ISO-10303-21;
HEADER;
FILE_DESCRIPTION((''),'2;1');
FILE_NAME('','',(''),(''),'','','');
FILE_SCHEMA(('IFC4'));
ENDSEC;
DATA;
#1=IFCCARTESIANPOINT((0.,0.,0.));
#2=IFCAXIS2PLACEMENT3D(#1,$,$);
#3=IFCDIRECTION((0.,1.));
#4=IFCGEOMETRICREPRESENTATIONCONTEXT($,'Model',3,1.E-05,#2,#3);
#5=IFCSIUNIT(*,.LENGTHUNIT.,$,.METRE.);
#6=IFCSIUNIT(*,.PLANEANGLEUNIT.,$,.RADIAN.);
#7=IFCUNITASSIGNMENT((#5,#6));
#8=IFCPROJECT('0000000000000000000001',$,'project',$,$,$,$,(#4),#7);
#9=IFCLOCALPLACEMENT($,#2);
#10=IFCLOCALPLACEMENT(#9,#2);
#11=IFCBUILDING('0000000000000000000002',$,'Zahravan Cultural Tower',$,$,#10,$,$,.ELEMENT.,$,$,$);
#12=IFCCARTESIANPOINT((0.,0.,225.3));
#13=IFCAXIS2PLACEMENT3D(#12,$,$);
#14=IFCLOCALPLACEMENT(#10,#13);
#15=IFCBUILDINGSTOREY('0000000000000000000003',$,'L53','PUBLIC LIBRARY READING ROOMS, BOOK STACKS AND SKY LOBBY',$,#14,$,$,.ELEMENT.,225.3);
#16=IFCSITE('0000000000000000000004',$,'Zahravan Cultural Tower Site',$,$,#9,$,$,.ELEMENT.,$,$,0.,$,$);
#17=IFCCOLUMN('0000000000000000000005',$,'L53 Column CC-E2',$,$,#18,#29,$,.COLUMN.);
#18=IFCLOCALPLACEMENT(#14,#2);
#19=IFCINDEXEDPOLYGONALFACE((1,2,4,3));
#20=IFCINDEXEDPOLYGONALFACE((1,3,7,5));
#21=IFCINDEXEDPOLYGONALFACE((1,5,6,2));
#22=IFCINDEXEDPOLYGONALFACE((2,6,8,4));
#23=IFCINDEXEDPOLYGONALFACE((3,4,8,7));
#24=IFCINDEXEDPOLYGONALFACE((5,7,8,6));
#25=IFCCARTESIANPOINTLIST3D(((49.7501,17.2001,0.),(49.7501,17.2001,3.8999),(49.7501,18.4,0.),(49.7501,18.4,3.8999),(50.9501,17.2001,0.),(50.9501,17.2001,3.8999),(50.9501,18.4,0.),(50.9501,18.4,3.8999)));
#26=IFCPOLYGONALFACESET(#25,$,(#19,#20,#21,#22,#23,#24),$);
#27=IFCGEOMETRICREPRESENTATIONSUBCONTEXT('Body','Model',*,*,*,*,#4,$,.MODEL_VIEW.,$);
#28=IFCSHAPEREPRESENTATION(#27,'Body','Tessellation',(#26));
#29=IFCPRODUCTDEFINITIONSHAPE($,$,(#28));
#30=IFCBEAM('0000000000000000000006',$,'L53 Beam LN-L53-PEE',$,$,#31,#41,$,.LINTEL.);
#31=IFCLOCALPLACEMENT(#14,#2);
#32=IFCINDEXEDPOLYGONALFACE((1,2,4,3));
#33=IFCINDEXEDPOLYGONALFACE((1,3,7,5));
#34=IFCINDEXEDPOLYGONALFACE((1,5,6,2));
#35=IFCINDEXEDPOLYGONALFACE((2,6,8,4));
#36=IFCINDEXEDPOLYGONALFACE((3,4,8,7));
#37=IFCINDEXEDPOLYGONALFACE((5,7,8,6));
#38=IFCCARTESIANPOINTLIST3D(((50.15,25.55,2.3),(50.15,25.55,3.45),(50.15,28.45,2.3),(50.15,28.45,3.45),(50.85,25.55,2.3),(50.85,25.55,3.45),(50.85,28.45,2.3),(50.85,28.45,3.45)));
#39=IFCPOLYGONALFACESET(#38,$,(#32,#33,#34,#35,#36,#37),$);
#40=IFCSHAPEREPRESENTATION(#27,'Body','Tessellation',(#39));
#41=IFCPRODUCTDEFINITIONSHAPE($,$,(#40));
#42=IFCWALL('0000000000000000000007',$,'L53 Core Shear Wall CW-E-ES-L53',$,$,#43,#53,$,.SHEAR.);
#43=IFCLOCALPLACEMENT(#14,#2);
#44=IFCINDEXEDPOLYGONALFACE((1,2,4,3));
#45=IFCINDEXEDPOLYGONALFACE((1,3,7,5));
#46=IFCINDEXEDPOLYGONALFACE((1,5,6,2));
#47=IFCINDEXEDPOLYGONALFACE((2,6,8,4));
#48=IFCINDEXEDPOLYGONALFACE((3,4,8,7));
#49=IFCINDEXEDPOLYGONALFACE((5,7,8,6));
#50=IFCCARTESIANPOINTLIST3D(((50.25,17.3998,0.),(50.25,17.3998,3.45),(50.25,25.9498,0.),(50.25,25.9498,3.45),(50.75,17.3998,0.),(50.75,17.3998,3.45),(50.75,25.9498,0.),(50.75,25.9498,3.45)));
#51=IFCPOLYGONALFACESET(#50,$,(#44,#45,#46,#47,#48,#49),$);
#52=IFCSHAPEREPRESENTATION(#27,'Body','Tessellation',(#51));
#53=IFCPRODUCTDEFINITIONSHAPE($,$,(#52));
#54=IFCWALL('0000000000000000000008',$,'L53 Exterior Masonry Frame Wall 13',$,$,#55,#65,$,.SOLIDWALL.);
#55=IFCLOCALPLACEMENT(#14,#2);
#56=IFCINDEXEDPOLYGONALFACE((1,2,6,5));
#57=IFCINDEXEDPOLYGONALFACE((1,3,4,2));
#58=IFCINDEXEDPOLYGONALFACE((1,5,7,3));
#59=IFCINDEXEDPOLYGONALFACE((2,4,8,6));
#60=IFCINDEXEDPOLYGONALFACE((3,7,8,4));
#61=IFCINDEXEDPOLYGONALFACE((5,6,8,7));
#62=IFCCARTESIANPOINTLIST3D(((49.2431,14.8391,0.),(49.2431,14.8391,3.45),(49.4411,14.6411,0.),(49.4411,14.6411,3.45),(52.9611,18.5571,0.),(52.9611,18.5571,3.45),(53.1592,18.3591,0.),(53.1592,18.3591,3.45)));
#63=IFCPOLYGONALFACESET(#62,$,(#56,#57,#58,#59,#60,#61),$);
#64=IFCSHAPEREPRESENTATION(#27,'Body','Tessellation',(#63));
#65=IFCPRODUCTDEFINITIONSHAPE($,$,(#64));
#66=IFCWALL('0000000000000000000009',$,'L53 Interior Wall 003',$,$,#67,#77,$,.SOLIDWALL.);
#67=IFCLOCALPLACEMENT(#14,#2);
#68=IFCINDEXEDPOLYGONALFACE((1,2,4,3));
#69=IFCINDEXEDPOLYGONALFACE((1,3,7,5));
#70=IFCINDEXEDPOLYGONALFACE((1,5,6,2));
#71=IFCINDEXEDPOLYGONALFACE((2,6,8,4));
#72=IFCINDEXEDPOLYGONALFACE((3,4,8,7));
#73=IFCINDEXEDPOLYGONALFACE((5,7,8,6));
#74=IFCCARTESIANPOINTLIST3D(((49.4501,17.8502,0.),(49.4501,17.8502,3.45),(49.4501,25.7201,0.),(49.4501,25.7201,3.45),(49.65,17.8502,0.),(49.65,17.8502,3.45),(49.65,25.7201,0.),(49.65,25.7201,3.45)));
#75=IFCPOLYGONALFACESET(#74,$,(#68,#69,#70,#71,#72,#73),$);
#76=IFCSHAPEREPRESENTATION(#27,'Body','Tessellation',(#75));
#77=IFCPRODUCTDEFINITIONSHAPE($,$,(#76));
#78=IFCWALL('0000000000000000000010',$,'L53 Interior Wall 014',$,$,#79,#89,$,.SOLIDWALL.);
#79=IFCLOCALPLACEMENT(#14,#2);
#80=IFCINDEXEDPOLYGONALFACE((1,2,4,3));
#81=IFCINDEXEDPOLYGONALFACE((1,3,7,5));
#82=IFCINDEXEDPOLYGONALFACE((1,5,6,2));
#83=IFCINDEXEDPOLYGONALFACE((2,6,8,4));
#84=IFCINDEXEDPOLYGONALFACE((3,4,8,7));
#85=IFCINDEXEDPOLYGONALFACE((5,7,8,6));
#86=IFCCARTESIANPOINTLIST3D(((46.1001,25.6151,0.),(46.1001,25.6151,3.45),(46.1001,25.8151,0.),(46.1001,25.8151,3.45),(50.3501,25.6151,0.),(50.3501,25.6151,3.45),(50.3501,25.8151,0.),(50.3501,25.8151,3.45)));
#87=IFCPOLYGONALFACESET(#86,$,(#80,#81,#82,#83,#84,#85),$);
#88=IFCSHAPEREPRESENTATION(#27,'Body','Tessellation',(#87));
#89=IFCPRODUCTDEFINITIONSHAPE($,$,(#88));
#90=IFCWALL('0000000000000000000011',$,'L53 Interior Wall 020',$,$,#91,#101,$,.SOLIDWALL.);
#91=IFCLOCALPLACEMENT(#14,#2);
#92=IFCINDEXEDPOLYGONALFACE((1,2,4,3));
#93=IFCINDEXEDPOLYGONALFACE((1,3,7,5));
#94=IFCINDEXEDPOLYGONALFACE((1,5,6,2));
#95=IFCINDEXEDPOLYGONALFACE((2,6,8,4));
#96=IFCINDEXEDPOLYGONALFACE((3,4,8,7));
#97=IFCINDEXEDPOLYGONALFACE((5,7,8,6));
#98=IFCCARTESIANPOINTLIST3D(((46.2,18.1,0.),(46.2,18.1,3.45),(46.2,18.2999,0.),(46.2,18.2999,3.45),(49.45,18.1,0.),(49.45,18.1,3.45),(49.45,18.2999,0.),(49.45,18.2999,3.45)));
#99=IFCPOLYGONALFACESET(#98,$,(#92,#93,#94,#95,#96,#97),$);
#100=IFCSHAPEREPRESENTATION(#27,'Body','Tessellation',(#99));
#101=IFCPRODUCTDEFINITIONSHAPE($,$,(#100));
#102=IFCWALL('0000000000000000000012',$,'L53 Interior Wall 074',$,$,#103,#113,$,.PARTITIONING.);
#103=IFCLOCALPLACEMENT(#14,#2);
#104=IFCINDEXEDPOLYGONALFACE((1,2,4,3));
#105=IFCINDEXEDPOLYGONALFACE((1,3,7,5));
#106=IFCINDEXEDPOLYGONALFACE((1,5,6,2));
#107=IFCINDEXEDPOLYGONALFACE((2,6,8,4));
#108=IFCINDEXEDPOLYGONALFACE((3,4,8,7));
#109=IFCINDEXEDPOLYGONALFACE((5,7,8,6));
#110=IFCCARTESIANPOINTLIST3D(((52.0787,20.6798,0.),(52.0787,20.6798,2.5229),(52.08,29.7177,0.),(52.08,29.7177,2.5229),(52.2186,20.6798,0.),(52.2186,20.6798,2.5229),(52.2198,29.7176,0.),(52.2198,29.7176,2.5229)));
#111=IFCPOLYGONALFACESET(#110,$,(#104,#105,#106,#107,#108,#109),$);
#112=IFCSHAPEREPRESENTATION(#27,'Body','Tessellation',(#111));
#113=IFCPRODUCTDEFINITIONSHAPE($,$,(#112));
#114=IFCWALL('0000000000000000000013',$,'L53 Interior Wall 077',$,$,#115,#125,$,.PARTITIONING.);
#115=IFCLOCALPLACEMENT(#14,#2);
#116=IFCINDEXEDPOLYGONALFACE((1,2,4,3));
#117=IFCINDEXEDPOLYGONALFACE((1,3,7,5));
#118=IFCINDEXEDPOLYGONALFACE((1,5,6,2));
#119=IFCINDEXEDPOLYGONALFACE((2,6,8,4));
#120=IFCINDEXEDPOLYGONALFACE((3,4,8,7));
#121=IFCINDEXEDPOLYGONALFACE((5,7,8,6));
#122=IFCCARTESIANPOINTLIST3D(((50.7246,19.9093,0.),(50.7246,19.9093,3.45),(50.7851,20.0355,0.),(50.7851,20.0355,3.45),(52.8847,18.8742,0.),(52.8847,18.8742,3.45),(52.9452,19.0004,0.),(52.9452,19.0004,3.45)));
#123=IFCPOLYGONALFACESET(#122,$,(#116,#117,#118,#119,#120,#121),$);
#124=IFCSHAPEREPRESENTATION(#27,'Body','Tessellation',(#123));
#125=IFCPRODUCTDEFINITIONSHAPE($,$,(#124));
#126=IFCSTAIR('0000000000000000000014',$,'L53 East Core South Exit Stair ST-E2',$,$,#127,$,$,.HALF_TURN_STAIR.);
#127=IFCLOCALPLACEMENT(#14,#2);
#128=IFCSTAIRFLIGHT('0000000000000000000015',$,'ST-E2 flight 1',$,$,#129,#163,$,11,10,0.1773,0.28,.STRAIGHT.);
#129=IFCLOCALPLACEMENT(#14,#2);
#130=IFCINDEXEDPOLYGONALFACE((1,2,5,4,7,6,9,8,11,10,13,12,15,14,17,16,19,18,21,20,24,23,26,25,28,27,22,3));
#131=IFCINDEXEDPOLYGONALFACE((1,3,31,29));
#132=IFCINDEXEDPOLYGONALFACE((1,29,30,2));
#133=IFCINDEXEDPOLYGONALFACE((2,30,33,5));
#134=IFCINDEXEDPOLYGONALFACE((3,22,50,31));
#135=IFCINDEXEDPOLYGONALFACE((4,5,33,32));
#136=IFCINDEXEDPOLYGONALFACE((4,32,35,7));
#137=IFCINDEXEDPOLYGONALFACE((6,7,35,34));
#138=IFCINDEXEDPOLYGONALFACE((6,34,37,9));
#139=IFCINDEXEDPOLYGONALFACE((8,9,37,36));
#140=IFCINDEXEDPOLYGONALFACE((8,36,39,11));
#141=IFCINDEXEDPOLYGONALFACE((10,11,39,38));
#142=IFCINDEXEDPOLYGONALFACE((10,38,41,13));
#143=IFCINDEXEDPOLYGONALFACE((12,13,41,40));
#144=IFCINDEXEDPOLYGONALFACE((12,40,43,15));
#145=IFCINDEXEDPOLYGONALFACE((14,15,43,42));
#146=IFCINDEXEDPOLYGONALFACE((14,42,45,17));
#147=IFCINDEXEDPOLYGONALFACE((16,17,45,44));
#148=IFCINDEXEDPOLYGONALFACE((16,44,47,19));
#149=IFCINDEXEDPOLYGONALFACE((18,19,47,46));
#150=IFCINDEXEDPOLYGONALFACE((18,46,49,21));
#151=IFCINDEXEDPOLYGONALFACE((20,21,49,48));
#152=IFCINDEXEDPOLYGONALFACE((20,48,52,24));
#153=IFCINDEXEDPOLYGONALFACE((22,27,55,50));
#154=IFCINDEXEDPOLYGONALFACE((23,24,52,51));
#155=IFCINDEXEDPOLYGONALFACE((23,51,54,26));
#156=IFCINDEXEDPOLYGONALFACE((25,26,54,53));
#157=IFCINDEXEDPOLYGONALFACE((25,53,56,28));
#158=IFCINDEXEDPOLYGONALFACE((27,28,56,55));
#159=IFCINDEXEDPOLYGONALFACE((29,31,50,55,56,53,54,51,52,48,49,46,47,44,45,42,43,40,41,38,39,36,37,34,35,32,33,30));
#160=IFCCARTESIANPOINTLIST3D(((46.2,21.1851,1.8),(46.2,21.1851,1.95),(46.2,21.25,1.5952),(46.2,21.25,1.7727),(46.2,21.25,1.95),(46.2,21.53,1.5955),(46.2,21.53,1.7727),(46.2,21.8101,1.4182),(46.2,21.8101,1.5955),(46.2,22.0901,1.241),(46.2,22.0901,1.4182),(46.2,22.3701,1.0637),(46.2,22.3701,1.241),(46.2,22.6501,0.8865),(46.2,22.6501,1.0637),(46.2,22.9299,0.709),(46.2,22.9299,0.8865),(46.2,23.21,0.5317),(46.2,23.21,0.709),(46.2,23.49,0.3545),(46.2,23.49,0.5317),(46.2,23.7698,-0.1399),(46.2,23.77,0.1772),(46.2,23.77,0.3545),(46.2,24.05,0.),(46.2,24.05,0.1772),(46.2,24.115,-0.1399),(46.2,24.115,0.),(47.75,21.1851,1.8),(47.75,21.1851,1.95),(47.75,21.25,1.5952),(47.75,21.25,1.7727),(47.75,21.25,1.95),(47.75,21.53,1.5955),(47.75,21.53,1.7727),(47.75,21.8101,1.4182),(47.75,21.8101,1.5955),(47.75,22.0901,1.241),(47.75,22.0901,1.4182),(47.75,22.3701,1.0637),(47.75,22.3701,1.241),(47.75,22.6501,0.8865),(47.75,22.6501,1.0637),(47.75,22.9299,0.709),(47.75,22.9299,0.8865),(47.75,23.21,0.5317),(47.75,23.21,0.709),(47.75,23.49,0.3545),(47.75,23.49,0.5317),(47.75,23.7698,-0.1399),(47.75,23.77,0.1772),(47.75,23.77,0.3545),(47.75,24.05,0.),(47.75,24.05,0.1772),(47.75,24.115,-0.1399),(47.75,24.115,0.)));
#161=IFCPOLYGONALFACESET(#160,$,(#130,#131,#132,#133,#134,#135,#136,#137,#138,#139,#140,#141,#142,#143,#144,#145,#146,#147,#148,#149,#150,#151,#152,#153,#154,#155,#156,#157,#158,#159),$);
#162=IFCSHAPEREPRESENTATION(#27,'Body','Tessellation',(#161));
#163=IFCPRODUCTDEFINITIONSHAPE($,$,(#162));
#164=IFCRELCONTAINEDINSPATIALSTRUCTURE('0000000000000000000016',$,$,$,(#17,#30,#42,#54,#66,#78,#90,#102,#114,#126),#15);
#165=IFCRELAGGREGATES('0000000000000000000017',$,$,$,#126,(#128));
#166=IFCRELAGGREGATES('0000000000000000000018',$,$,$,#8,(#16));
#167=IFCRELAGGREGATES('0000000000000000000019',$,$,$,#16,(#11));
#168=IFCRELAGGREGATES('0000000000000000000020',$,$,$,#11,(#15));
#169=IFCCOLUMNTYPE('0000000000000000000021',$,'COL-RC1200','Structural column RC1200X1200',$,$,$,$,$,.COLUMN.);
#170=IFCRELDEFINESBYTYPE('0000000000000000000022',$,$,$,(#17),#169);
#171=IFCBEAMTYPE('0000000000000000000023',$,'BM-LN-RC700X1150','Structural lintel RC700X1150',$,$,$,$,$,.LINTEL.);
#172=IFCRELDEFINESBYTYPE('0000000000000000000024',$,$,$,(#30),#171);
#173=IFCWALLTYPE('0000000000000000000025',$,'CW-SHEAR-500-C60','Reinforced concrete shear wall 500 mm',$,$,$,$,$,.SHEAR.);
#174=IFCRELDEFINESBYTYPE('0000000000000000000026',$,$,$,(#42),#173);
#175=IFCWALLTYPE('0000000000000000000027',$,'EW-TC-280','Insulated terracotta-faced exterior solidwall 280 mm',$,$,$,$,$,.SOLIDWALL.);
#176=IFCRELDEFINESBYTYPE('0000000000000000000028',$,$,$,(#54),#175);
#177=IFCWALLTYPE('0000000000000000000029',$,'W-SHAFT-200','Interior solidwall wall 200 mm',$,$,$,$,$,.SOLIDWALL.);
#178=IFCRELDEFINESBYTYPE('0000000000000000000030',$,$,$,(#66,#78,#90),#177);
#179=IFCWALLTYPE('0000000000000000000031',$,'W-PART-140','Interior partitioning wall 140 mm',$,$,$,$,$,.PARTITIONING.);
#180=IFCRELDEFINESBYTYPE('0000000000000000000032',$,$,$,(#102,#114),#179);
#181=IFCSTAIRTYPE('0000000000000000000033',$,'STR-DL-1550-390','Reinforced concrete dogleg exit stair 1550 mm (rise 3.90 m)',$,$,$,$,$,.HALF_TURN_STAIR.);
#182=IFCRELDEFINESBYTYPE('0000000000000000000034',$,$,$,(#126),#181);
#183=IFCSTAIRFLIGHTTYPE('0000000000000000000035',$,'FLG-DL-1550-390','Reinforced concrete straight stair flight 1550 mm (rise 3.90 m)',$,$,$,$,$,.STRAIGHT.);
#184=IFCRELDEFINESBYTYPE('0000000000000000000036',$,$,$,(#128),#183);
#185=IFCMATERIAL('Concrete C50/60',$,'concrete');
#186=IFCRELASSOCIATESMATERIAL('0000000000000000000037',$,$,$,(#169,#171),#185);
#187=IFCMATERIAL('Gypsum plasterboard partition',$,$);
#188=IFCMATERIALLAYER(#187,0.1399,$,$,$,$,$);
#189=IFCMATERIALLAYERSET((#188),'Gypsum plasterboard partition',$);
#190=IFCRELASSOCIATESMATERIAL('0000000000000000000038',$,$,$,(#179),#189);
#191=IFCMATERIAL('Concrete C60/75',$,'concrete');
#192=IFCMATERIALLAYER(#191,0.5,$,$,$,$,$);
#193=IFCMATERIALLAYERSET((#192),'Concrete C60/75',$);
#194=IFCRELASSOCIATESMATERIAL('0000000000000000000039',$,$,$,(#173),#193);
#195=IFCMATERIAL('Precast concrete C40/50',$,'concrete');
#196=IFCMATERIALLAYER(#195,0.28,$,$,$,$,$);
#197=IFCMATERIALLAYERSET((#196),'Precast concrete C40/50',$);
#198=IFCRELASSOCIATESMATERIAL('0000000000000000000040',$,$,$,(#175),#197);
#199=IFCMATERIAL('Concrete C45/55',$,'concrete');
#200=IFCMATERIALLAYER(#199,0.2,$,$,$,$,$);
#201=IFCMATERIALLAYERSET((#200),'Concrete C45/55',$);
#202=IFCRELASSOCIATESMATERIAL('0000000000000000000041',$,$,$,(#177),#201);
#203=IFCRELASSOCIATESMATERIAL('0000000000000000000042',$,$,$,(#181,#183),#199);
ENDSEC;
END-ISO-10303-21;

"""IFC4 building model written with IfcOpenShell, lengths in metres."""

from ifc_helpers import new_model, si_unit, direction, frame, frame_2d, origin, origin_2d, place, context, subcontext, project, spatial, polyline, rectangle, outline, extrude, source, transform, mapped, material, layer, layer_set, material_profile, profile_set, type_object, element, aggregate, save


model = new_model("IFC4")

# Units and contexts
model_context = context("Model", 3, precision=1e-05, world=origin(), true_north=direction((0.0, 1.0)))
body_context = subcontext(model_context, "Body", "Model", "MODEL_VIEW")
ifc_project = project(units=[si_unit("LENGTHUNIT", "METRE"), si_unit("PLANEANGLEUNIT", "RADIAN")], contexts=[model_context])

# Site, building, storey
site_placement = place(None, origin())
site = spatial("IfcSite", under=ifc_project, at=site_placement, Name="Zahravan Cultural Tower Site", CompositionType="ELEMENT", RefElevation=0.0)
building_placement = place(site_placement, origin())
building = spatial("IfcBuilding", under=site, at=building_placement, Name="Zahravan Cultural Tower", CompositionType="ELEMENT")
storey_placement = place(building_placement, frame((0.0, 0.0, 225.3)))
storey = spatial("IfcBuildingStorey", under=building, at=storey_placement, Name="L53", Description="PUBLIC LIBRARY READING ROOMS, BOOK STACKS AND SKY LOBBY", CompositionType="ELEMENT", Elevation=225.3)

# Column
ifc_material_1 = material(Name="Concrete C50/60", Category="concrete")
ifc_material_profile_1 = material_profile(ifc_material_1, rectangle(XDim=1.2, YDim=1.2, at=origin_2d()), Name="RC1200X1200")
ifc_profile_set_1 = profile_set([ifc_material_profile_1], Name="Concrete C50/60")
column_type = type_object("IfcColumnType", Name="COL-RC1200", Description="Structural column RC1200X1200", PredefinedType="COLUMN", material=ifc_profile_set_1)
shared_shape_1 = source(origin(), body_context, "Body", "SweptSolid", [
    extrude(rectangle(XDim=1.2, YDim=1.2, at=origin_2d()), origin(), (0.0, 0.0, 1.0), 3.8999),
])
column_placement = place(storey_placement, frame((50.3501, 17.8, 0.0), z_axis=(0.0, 0.0, 1.0), x_axis=(1.0, 0.0, 0.0)))
element("IfcColumn", 1, at=column_placement, inside=storey, type_object=column_type, Name="L53 Column CC-E2", PredefinedType="COLUMN", context=body_context, shape_type="MappedRepresentation", body=[
    mapped(shared_shape_1, transform((0.0, 0.0, 0.0), x_axis=(1.0, 0.0, 0.0), y_axis=(0.0, 1.0, 0.0), z_axis=(0.0, 0.0, 1.0), scale=1.0)),
])

# Beam
ifc_material_profile_2 = material_profile(ifc_material_1, rectangle(XDim=0.7, YDim=1.1499, at=origin_2d()), Name="RC700X1150")
ifc_profile_set_2 = profile_set([ifc_material_profile_2], Name="Concrete C50/60")
beam_type = type_object("IfcBeamType", Name="BM-LN-RC700X1150", Description="Structural lintel RC700X1150", PredefinedType="LINTEL", material=ifc_profile_set_2)
shared_shape_2 = source(origin(), body_context, "Body", "SweptSolid", [
    extrude(rectangle(XDim=0.7, YDim=1.1499, at=origin_2d()), origin(), (0.0, 0.0, 1.0), 2.8999),
])
beam_placement = place(storey_placement, frame((50.5, 25.55, 2.875), z_axis=(0.0, 1.0, 0.0), x_axis=(-1.0, 0.0, 0.0)))
element("IfcBeam", 2, at=beam_placement, inside=storey, type_object=beam_type, Name="L53 Beam LN-L53-PEE", PredefinedType="LINTEL", context=body_context, shape_type="MappedRepresentation", body=[
    mapped(shared_shape_2, transform((0.0, 0.0, 0.0), x_axis=(1.0, 0.0, 0.0), y_axis=(0.0, 1.0, 0.0), z_axis=(0.0, 0.0, 1.0), scale=1.0)),
])

# Shared definitions
ifc_material_2 = material(Name="Gypsum plasterboard partition")
ifc_layer_1 = layer(ifc_material_2, 0.1399)
ifc_layer_set_1 = layer_set([ifc_layer_1], Name="Gypsum plasterboard partition")
wall_type_1 = type_object("IfcWallType", Name="W-PART-140", Description="Interior partitioning wall 140 mm", PredefinedType="PARTITIONING", material=ifc_layer_set_1)

# Walls
ifc_material_3 = material(Name="Concrete C60/75", Category="concrete")
ifc_layer_2 = layer(ifc_material_3, 0.5)
ifc_layer_set_2 = layer_set([ifc_layer_2], Name="Concrete C60/75")
wall_type_2 = type_object("IfcWallType", Name="CW-SHEAR-500-C60", Description="Reinforced concrete shear wall 500 mm", PredefinedType="SHEAR", material=ifc_layer_set_2)
shared_shape_3 = source(origin(), body_context, "Body", "SweptSolid", [
    extrude(rectangle(XDim=8.55, YDim=0.5, at=frame_2d((4.2749, 0.0))), origin(), (0.0, 0.0, 1.0), 3.45),
])
wall_1_placement = place(storey_placement, frame((50.5, 17.3999, 0.0), z_axis=(0.0, 0.0, 1.0), x_axis=(0.0, 1.0, 0.0)))
element("IfcWall", 3, at=wall_1_placement, inside=storey, type_object=wall_type_2, Name="L53 Core Shear Wall CW-E-ES-L53", PredefinedType="SHEAR", context=body_context, shape_type="MappedRepresentation", body=[
    mapped(shared_shape_3, transform((0.0, 0.0, 0.0), x_axis=(1.0, 0.0, 0.0), y_axis=(0.0, 1.0, 0.0), z_axis=(0.0, 0.0, 1.0), scale=1.0)),
])
ifc_material_4 = material(Name="Precast concrete C40/50", Category="concrete")
ifc_layer_3 = layer(ifc_material_4, 0.28)
ifc_layer_set_3 = layer_set([ifc_layer_3], Name="Precast concrete C40/50")
wall_type_3 = type_object("IfcWallType", Name="EW-TC-280", Description="Insulated terracotta-faced exterior solidwall 280 mm", PredefinedType="SOLIDWALL", material=ifc_layer_set_3)
shared_shape_4 = source(origin(), body_context, "Body", "SweptSolid", [
    extrude(rectangle(XDim=5.2581, YDim=0.28, at=frame_2d((2.6289, 0.0))), origin(), (0.0, 0.0, 1.0), 3.45),
])
wall_2_placement = place(storey_placement, frame((53.0601, 18.458, 0.0), z_axis=(0.0, 0.0, 1.0), x_axis=(-0.707107, -0.707107, 0.0)))
element("IfcWall", 4, at=wall_2_placement, inside=storey, type_object=wall_type_3, Name="L53 Exterior Masonry Frame Wall 13", PredefinedType="SOLIDWALL", context=body_context, shape_type="MappedRepresentation", body=[
    mapped(shared_shape_4, transform((0.0, 0.0, 0.0), x_axis=(1.0, 0.0, 0.0), y_axis=(0.0, 1.0, 0.0), z_axis=(0.0, 0.0, 1.0), scale=1.0)),
])
ifc_material_5 = material(Name="Concrete C45/55", Category="concrete")
ifc_layer_4 = layer(ifc_material_5, 0.2)
ifc_layer_set_4 = layer_set([ifc_layer_4], Name="Concrete C45/55")
wall_type_4 = type_object("IfcWallType", Name="W-SHAFT-200", Description="Interior solidwall wall 200 mm", PredefinedType="SOLIDWALL", material=ifc_layer_set_4)
shared_shape_5 = source(origin(), body_context, "Body", "SweptSolid", [
    extrude(rectangle(XDim=7.8699, YDim=0.2, at=frame_2d((3.9351, 0.0))), origin(), (0.0, 0.0, 1.0), 3.45),
])
wall_3_placement = place(storey_placement, frame((49.55, 17.8501, 0.0), z_axis=(0.0, 0.0, 1.0), x_axis=(0.0, 1.0, 0.0)))
element("IfcWall", 5, at=wall_3_placement, inside=storey, type_object=wall_type_4, Name="L53 Interior Wall 003", PredefinedType="SOLIDWALL", context=body_context, shape_type="MappedRepresentation", body=[
    mapped(shared_shape_5, transform((0.0, 0.0, 0.0), x_axis=(1.0, 0.0, 0.0), y_axis=(0.0, 1.0, 0.0), z_axis=(0.0, 0.0, 1.0), scale=1.0)),
])
shared_shape_6 = source(origin(), body_context, "Body", "SweptSolid", [
    extrude(rectangle(XDim=4.25, YDim=0.2, at=frame_2d((2.125, 0.0))), origin(), (0.0, 0.0, 1.0), 3.45),
])
wall_4_placement = place(storey_placement, frame((46.1001, 25.7151, 0.0), z_axis=(0.0, 0.0, 1.0), x_axis=(1.0, 0.0, 0.0)))
element("IfcWall", 6, at=wall_4_placement, inside=storey, type_object=wall_type_4, Name="L53 Interior Wall 014", PredefinedType="SOLIDWALL", context=body_context, shape_type="MappedRepresentation", body=[
    mapped(shared_shape_6, transform((0.0, 0.0, 0.0), x_axis=(1.0, 0.0, 0.0), y_axis=(0.0, 1.0, 0.0), z_axis=(0.0, 0.0, 1.0), scale=1.0)),
])
shared_shape_7 = source(origin(), body_context, "Body", "SweptSolid", [
    extrude(rectangle(XDim=3.25, YDim=0.2, at=frame_2d((1.625, 0.0))), origin(), (0.0, 0.0, 1.0), 3.45),
])
wall_5_placement = place(storey_placement, frame((46.2, 18.2, 0.0), z_axis=(0.0, 0.0, 1.0), x_axis=(1.0, 0.0, 0.0)))
element("IfcWall", 7, at=wall_5_placement, inside=storey, type_object=wall_type_4, Name="L53 Interior Wall 020", PredefinedType="SOLIDWALL", context=body_context, shape_type="MappedRepresentation", body=[
    mapped(shared_shape_7, transform((0.0, 0.0, 0.0), x_axis=(1.0, 0.0, 0.0), y_axis=(0.0, 1.0, 0.0), z_axis=(0.0, 0.0, 1.0), scale=1.0)),
])
shared_shape_8 = source(origin(), body_context, "Body", "SweptSolid", [
    extrude(rectangle(XDim=9.0378, YDim=0.1399, at=frame_2d((4.519, 0.0))), origin(), (0.0, 0.0, 1.0), 2.5229),
])
wall_6_placement = place(storey_placement, frame((52.1487, 20.6797, 0.0), z_axis=(0.0, 0.0, 1.0), x_axis=(0.000135, 1.0, 0.0)))
element("IfcWall", 8, at=wall_6_placement, inside=storey, type_object=wall_type_1, Name="L53 Interior Wall 074", PredefinedType="PARTITIONING", context=body_context, shape_type="MappedRepresentation", body=[
    mapped(shared_shape_8, transform((0.0, 0.0, 0.0), x_axis=(1.0, 0.0, 0.0), y_axis=(0.0, 1.0, 0.0), z_axis=(0.0, 0.0, 1.0), scale=1.0)),
])
shared_shape_9 = source(origin(), body_context, "Body", "SweptSolid", [
    extrude(rectangle(XDim=2.3953, YDim=0.1399, at=frame_2d((1.1978, 0.0))), origin(), (0.0, 0.0, 1.0), 3.45),
])
wall_7_placement = place(storey_placement, frame((52.915, 18.9373, 0.0), z_axis=(0.0, 0.0, 1.0), x_axis=(-0.901803, 0.432148, 0.0)))
element("IfcWall", 9, at=wall_7_placement, inside=storey, type_object=wall_type_1, Name="L53 Interior Wall 077", PredefinedType="PARTITIONING", context=body_context, shape_type="MappedRepresentation", body=[
    mapped(shared_shape_9, transform((0.0, 0.0, 0.0), x_axis=(1.0, 0.0, 0.0), y_axis=(0.0, 1.0, 0.0), z_axis=(0.0, 0.0, 1.0), scale=1.0)),
])

# Stair, stair flight
stair_type = type_object("IfcStairType", Name="STR-DL-1550-390", Description="Reinforced concrete dogleg exit stair 1550 mm (rise 3.90 m)", PredefinedType="HALF_TURN_STAIR", material=ifc_material_5)
stair_placement = place(storey_placement, origin())
stair = element("IfcStair", 10, at=stair_placement, inside=storey, type_object=stair_type, Name="L53 East Core South Exit Stair ST-E2", PredefinedType="HALF_TURN_STAIR")
stair_flight_type = type_object("IfcStairFlightType", Name="FLG-DL-1550-390", Description="Reinforced concrete straight stair flight 1550 mm (rise 3.90 m)", PredefinedType="STRAIGHT", material=ifc_material_5)
stair_flight_1_placement = place(storey_placement, frame((46.9751, 24.05, 0.0), z_axis=(0.0, 0.0, 1.0), x_axis=(0.0, -1.0, 0.0)))
stair_flight_1 = element("IfcStairFlight", 11, at=stair_flight_1_placement, type_object=stair_flight_type, Name="ST-E2 flight 1", NumberOfRisers=11, NumberOfTreads=10, PredefinedType="STRAIGHT", RiserHeight=0.1773, TreadLength=0.28, context=body_context, shape_type="SweptSolid", body=[
    extrude(outline(polyline([(-0.0649, -0.1399), (-0.0649, 0.0), (0.0, 0.0), (0.0, 0.1772), (0.28, 0.1772), (0.28, 0.3545), (0.5601, 0.3545), (0.5601, 0.5317), (0.8401, 0.5317), (0.8401, 0.709), (1.1201, 0.709), (1.1201, 0.8865), (1.3999, 0.8865), (1.3999, 1.0637), (1.6799, 1.0637), (1.6799, 1.241), (1.96, 1.241), (1.96, 1.4182), (2.24, 1.4182), (2.24, 1.5955), (2.52, 1.5955), (2.52, 1.7727), (2.8, 1.7727), (2.8, 1.95), (2.865, 1.95), (2.865, 1.8), (2.8, 1.5952), (0.2803, -0.1399), (-0.0649, -0.1399)])), frame((0.0, 0.7749, 0.0), z_axis=(0.0, -1.0, 0.0), x_axis=(1.0, 0.0, 0.0)), (0.0, 0.0, 1.0), 1.55),
])
aggregate(stair, [stair_flight_1])

save(model, "model.ifc")
